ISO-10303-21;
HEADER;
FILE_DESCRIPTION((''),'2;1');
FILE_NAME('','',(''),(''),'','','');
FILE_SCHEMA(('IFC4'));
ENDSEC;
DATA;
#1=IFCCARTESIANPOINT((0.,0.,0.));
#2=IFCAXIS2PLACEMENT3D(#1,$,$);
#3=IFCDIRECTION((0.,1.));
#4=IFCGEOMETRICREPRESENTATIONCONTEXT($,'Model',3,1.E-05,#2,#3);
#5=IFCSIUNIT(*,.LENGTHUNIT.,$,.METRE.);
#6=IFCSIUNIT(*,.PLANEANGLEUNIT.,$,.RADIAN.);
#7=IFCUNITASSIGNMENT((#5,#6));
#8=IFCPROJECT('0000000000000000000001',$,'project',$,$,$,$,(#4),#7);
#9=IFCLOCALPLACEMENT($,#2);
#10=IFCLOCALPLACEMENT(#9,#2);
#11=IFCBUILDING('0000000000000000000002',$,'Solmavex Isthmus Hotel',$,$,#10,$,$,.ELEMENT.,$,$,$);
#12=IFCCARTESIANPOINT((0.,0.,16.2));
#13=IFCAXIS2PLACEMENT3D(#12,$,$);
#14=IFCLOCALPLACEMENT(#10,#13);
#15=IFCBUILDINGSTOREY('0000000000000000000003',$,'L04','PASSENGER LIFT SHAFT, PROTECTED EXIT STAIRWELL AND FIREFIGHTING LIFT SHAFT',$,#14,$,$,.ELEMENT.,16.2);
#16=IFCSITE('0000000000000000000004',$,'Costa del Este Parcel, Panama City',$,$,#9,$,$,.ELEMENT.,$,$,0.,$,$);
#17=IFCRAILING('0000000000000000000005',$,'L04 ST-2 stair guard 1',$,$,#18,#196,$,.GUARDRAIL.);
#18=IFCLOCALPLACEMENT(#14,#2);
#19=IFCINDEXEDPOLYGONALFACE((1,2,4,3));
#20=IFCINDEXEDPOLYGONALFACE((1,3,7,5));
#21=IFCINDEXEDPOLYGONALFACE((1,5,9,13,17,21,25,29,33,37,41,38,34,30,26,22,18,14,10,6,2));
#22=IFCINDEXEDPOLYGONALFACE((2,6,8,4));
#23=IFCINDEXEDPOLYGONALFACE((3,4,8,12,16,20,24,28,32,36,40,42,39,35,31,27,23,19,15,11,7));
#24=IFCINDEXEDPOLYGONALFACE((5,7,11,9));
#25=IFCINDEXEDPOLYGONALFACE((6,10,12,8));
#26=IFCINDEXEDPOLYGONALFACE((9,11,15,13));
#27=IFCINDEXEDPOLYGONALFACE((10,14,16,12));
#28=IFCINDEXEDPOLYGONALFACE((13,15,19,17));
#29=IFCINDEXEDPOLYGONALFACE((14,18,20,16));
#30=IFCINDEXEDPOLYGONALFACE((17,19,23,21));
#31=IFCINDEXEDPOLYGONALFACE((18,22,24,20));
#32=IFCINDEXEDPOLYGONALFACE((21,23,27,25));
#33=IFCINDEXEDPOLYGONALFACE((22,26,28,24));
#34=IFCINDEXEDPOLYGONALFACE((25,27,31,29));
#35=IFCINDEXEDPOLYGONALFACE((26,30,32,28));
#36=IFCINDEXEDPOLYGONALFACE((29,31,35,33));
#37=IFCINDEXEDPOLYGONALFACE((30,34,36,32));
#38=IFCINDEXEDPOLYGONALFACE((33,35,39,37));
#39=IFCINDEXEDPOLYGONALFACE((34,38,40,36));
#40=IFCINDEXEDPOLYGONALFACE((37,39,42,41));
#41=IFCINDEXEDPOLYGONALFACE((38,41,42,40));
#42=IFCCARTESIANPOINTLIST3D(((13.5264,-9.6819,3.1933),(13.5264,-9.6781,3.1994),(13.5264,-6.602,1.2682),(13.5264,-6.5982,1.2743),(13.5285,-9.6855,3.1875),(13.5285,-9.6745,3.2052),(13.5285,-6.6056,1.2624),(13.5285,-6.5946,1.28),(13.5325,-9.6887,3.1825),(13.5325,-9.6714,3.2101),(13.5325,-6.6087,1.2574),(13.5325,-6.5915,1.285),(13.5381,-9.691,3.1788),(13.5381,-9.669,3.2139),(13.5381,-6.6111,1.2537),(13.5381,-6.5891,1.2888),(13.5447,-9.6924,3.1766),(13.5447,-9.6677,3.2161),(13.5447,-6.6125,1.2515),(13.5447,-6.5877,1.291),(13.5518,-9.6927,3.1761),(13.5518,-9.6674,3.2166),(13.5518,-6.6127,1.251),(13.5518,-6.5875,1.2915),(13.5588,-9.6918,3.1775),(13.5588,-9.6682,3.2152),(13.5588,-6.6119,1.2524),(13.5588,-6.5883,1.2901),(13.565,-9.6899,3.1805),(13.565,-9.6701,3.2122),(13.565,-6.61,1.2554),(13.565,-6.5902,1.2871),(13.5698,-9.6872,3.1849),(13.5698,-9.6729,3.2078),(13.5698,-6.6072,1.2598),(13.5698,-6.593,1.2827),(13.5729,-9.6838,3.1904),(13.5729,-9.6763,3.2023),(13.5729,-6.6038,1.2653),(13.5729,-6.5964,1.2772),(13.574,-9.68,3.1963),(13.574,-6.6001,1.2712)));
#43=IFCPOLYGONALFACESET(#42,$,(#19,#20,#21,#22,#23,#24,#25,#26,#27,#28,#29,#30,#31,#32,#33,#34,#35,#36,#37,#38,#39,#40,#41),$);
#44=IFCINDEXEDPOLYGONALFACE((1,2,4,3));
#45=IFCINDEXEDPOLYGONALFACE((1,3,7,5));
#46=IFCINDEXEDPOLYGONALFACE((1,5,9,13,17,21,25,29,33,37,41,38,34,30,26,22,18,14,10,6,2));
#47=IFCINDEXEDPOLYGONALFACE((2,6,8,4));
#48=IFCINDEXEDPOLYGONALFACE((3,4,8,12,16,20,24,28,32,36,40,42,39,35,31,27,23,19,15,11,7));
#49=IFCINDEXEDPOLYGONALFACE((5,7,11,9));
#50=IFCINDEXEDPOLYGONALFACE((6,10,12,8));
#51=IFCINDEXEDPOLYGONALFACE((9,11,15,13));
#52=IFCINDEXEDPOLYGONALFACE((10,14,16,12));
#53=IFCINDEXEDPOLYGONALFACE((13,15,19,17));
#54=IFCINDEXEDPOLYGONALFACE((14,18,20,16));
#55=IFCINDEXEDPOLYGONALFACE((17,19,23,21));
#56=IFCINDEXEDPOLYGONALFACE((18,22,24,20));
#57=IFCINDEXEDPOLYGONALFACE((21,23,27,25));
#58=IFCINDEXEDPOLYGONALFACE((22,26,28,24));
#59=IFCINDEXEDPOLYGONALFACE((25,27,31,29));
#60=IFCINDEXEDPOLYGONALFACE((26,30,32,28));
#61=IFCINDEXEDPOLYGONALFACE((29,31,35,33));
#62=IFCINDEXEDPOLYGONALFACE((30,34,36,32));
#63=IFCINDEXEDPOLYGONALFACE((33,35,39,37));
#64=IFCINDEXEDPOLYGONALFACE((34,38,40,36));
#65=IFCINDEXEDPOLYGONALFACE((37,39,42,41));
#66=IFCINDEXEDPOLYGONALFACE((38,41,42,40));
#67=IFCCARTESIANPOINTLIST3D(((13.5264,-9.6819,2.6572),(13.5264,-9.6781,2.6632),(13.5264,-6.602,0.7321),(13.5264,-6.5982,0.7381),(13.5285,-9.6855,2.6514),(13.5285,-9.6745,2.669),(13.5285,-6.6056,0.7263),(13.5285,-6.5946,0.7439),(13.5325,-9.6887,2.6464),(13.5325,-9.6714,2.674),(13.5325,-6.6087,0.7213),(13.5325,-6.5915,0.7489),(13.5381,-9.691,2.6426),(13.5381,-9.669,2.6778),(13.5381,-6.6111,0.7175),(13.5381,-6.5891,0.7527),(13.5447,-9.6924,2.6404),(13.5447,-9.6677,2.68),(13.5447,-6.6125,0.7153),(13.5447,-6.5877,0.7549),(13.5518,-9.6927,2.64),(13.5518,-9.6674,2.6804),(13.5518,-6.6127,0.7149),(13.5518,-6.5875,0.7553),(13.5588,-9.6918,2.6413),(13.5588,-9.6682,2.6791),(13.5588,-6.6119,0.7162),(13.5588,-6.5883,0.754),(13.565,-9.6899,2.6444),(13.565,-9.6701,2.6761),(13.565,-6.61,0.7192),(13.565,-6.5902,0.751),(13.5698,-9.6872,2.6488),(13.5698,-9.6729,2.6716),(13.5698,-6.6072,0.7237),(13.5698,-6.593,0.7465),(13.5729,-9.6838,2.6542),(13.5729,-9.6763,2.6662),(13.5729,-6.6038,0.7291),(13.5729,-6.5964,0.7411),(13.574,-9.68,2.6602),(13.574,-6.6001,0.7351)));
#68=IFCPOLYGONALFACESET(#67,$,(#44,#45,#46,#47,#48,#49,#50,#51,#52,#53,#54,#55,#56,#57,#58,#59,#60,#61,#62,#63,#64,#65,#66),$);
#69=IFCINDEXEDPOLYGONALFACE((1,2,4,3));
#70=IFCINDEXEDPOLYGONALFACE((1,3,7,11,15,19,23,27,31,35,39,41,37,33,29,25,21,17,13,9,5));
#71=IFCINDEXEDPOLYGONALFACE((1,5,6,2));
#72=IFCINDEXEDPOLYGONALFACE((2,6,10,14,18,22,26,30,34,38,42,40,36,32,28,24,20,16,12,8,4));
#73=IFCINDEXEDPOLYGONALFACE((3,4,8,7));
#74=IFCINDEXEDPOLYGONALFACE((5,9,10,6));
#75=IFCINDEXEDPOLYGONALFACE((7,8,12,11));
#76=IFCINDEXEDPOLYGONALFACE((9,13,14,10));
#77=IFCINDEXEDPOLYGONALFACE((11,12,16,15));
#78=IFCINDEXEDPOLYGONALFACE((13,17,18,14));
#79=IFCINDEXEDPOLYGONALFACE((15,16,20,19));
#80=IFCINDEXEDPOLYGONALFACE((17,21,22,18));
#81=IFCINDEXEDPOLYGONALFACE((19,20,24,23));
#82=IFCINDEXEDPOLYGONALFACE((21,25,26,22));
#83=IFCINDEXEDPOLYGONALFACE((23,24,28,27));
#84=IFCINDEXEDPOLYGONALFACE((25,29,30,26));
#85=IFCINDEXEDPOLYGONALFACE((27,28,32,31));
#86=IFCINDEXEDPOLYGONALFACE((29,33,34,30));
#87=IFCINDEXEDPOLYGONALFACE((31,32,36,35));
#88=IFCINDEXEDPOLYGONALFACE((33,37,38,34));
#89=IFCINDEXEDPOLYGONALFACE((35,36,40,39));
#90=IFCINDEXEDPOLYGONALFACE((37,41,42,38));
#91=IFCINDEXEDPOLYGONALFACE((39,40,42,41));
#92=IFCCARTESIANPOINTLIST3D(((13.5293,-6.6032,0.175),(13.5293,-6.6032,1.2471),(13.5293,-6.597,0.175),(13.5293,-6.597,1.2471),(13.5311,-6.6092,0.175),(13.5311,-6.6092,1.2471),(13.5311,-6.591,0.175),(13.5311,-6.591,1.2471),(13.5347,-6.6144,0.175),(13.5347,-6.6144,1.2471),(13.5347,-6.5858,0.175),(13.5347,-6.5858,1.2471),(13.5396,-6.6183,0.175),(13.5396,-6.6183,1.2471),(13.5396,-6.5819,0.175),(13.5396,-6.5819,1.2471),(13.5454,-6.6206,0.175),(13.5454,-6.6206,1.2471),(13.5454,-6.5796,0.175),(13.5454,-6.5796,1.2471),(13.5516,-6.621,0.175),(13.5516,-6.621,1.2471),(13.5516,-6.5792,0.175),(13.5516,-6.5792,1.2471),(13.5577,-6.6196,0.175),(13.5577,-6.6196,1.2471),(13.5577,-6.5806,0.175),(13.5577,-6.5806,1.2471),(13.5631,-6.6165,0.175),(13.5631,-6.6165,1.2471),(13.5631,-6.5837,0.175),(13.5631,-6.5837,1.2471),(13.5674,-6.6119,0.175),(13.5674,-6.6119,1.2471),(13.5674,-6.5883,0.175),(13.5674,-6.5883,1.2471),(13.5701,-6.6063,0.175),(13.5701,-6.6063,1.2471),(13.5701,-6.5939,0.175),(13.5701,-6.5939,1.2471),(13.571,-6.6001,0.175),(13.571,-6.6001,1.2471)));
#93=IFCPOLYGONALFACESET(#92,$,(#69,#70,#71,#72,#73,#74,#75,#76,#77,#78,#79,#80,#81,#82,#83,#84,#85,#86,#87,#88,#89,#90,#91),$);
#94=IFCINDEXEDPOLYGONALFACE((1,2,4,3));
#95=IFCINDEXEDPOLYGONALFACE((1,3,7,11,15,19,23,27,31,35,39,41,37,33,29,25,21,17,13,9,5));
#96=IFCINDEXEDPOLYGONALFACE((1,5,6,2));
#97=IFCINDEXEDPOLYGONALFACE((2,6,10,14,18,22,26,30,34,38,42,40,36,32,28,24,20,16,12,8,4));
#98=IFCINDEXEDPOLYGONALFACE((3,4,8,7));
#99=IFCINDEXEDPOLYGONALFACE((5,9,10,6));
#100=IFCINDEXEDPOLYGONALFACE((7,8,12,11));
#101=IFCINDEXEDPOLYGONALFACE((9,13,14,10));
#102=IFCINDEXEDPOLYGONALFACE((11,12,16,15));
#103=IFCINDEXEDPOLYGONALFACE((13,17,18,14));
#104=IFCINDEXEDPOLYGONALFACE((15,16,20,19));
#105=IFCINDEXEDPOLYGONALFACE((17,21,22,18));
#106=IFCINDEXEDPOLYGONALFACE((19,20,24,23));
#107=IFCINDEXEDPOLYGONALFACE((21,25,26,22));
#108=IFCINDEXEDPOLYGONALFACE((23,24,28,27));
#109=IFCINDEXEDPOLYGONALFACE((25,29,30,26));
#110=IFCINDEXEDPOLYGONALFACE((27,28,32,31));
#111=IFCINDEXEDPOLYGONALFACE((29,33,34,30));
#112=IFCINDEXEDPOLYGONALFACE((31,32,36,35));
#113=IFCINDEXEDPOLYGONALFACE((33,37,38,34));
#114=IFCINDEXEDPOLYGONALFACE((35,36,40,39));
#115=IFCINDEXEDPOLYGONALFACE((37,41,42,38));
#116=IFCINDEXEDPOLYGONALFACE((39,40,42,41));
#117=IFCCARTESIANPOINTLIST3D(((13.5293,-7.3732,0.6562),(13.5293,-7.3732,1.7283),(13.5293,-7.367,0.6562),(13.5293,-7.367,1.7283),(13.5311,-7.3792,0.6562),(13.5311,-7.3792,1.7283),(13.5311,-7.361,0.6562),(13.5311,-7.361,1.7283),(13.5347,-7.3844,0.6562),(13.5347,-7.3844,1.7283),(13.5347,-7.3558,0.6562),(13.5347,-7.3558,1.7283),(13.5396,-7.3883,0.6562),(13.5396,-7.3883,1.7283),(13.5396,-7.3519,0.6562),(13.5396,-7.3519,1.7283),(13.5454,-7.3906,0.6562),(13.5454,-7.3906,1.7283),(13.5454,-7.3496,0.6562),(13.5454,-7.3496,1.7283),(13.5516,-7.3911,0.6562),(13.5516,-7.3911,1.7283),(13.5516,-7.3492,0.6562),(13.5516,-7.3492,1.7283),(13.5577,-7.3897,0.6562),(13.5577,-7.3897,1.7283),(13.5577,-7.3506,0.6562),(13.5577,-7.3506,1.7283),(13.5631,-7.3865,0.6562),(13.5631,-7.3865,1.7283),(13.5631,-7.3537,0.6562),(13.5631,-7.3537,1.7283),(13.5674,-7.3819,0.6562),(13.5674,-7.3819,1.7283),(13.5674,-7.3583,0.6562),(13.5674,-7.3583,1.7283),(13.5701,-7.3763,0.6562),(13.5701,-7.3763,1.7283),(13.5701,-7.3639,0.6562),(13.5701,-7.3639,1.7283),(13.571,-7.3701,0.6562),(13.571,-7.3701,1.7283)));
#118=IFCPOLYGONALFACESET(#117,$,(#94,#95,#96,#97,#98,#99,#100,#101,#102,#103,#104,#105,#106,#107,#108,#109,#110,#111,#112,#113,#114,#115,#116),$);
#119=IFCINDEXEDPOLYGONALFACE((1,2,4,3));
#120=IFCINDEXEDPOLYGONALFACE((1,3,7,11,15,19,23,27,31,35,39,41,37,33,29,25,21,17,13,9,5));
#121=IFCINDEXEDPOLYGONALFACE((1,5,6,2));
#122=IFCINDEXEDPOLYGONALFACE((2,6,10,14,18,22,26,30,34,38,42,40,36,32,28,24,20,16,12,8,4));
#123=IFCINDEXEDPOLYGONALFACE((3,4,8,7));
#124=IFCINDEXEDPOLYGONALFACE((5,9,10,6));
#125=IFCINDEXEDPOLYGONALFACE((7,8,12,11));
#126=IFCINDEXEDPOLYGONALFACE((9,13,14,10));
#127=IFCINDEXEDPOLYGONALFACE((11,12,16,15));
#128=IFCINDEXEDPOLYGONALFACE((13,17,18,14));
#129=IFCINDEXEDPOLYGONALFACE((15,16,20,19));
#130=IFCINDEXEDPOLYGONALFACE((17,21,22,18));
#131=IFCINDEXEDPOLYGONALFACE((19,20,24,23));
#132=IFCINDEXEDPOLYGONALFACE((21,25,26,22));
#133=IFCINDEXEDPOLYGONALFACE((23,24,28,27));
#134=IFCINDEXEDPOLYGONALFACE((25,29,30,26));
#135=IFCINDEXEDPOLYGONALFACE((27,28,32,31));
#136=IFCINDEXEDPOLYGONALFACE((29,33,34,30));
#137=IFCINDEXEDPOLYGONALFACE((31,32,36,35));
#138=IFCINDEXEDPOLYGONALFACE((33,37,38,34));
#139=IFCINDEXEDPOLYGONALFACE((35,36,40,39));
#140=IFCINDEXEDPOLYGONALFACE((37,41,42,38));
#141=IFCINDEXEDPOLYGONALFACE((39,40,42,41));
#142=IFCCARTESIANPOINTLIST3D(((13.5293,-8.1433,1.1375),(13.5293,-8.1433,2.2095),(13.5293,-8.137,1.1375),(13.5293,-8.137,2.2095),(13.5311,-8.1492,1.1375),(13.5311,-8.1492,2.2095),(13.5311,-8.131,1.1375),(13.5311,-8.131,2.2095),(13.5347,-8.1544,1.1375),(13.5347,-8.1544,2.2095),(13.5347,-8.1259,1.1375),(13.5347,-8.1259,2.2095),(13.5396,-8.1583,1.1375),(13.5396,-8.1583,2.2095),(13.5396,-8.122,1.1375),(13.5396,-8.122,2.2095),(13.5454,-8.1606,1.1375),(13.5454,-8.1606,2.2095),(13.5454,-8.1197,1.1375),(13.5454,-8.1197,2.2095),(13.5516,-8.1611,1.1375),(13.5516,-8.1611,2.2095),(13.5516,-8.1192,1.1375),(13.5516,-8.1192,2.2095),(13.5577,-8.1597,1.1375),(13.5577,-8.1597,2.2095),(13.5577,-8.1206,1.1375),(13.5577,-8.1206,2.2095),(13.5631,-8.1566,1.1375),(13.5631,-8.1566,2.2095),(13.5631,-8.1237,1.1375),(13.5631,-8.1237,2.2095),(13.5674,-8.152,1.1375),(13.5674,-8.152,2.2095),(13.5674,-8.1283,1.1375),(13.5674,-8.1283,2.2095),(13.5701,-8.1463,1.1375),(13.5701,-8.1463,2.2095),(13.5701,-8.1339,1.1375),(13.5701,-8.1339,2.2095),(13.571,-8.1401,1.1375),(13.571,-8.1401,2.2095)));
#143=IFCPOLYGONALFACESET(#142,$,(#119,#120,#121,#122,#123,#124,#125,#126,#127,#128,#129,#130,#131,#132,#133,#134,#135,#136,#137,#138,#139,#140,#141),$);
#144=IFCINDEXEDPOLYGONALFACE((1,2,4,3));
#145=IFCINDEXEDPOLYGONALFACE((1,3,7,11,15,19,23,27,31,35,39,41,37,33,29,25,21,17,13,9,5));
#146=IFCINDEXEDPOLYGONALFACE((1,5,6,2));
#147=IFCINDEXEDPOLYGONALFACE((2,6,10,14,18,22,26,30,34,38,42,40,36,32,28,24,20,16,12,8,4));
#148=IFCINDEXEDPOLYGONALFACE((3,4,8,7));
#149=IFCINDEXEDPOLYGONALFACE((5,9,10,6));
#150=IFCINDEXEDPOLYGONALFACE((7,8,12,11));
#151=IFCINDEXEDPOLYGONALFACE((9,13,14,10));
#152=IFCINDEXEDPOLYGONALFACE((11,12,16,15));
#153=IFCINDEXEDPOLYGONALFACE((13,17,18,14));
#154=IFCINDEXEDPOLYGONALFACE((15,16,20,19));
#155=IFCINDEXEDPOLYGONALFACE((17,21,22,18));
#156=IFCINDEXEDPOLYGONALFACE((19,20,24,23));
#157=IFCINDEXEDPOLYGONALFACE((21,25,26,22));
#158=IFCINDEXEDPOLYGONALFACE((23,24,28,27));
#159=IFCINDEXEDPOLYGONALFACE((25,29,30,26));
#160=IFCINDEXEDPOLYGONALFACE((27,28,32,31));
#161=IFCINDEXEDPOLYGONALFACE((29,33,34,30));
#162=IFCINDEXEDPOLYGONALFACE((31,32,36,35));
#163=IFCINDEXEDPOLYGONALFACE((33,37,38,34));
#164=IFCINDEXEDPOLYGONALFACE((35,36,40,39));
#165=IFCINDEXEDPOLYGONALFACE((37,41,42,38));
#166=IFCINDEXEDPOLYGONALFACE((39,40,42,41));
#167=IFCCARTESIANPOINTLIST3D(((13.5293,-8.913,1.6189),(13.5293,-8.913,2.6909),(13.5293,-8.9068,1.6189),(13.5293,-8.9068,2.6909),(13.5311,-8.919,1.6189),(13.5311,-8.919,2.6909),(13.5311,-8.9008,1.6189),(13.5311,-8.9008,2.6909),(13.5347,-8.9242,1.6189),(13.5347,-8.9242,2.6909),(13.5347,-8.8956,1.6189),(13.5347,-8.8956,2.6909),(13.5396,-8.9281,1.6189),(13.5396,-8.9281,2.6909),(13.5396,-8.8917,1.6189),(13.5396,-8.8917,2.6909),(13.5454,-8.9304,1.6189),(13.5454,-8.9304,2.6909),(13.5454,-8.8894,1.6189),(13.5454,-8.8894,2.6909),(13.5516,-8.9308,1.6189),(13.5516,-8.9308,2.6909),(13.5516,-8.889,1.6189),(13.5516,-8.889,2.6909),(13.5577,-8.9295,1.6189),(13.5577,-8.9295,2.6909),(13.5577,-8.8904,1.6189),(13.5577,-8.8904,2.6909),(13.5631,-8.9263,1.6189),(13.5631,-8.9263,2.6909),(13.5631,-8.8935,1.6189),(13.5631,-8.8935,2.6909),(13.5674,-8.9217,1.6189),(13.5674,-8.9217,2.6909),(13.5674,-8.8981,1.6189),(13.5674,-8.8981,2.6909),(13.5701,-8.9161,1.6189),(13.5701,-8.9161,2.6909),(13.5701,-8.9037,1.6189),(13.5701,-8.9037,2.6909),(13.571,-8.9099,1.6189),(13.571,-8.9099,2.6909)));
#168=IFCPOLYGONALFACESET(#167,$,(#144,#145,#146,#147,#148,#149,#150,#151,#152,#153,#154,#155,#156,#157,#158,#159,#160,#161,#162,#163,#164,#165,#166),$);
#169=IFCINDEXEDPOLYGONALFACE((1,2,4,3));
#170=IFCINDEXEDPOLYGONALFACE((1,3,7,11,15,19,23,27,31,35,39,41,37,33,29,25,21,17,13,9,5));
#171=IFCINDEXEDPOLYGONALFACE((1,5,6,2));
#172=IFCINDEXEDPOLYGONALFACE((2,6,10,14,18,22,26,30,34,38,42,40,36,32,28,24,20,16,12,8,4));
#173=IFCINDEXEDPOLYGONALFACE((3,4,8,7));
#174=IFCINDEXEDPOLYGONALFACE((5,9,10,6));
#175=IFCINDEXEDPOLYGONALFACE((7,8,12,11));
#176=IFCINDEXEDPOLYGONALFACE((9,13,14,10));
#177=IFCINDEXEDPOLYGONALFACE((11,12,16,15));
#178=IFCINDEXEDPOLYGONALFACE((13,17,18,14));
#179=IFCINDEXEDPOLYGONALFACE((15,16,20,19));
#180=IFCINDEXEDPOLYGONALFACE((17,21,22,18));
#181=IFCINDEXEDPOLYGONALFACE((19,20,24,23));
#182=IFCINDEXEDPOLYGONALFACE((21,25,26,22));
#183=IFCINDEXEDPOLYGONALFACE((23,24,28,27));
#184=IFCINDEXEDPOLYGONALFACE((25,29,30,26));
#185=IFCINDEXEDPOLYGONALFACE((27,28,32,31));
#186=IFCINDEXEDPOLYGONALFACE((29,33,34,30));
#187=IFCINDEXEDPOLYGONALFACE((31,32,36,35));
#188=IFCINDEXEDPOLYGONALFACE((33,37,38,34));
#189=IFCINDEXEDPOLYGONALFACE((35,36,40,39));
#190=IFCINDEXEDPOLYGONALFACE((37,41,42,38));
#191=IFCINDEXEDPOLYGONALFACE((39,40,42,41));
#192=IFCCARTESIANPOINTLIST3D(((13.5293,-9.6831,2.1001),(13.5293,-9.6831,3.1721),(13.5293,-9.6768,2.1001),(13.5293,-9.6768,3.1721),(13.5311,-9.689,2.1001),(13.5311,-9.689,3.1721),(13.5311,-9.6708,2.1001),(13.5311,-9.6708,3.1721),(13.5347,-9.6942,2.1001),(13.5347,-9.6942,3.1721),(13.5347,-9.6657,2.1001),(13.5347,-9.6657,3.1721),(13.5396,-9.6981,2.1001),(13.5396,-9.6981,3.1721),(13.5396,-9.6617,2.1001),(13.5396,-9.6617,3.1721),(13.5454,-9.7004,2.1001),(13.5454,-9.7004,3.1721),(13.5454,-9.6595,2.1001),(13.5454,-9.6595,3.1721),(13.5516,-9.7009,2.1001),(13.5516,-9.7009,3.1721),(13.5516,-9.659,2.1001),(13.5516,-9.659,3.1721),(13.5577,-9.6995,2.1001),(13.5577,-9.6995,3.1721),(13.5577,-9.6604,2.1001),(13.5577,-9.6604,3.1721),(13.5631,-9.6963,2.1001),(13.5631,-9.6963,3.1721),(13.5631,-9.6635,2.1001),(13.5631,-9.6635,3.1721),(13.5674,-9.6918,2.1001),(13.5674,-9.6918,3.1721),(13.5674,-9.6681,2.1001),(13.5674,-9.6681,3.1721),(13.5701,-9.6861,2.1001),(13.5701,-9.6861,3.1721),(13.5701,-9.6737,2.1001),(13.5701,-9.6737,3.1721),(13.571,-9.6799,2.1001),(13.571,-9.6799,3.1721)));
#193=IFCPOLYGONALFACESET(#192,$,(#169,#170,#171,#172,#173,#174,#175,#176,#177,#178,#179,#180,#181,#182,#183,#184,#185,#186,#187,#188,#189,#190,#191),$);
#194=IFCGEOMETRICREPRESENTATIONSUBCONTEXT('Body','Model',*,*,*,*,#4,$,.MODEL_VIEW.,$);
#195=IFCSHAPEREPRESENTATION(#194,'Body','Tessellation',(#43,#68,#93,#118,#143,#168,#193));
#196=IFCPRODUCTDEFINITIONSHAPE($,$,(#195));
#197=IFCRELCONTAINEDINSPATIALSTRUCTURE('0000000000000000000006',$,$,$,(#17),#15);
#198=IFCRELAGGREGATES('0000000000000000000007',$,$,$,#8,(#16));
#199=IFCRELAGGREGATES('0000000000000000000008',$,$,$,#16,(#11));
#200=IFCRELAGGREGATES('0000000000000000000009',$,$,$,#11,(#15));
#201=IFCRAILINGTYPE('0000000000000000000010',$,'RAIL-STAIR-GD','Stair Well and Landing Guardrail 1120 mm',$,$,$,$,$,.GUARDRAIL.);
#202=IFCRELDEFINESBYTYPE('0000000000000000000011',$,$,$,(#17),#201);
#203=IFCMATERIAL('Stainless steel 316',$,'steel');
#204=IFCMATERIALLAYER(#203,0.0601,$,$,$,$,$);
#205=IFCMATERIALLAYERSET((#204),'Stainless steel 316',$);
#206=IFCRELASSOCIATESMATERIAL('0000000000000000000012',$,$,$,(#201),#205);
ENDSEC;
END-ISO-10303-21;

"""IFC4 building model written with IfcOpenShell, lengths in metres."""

from ifc_helpers import new_model, si_unit, direction, frame, origin, origin_2d, place, context, subcontext, project, spatial, circle, extrude, material, layer, layer_set, type_object, element, save


model = new_model("IFC4")

# Units and contexts
model_context = context("Model", 3, precision=1e-05, world=origin(), true_north=direction((0.0, 1.0)))
body_context = subcontext(model_context, "Body", "Model", "MODEL_VIEW")
ifc_project = project(units=[si_unit("LENGTHUNIT", "METRE"), si_unit("PLANEANGLEUNIT", "RADIAN")], contexts=[model_context])

# Site, building, storey
site_placement = place(None, origin())
site = spatial("IfcSite", under=ifc_project, at=site_placement, Name="Costa del Este Parcel, Panama City", CompositionType="ELEMENT", RefElevation=0.0)
building_placement = place(site_placement, origin())
building = spatial("IfcBuilding", under=site, at=building_placement, Name="Solmavex Isthmus Hotel", CompositionType="ELEMENT")
storey_placement = place(building_placement, frame((0.0, 0.0, 16.2)))
storey = spatial("IfcBuildingStorey", under=building, at=storey_placement, Name="L04", Description="PASSENGER LIFT SHAFT, PROTECTED EXIT STAIRWELL AND FIREFIGHTING LIFT SHAFT", CompositionType="ELEMENT", Elevation=16.2)

# Railing
ifc_material_1 = material(Name="Stainless steel 316", Category="steel")
ifc_layer_1 = layer(ifc_material_1, 0.0601)
ifc_layer_set_1 = layer_set([ifc_layer_1], Name="Stainless steel 316")
railing_type_1 = type_object("IfcRailingType", Name="RAIL-STAIR-GD", Description="Stair Well and Landing Guardrail 1120 mm", PredefinedType="GUARDRAIL", material=ifc_layer_set_1)
railing_1_placement = place(storey_placement, frame((13.55, -6.6001, 0.175)))
element("IfcRailing", 1, at=railing_1_placement, inside=storey, type_object=railing_type_1, Name="L04 ST-2 stair guard 1", PredefinedType="GUARDRAIL", context=body_context, shape_type="SweptSolid", body=[
    extrude(circle(Radius=0.0239, at=origin_2d()), frame((0.0, 0.0, 1.0962), z_axis=(0.0, -0.847979, 0.530029), x_axis=(1.0, 0.0, 0.0)), (0.0, 0.0, 1.0), 3.6321),
    extrude(circle(Radius=0.0239, at=origin_2d()), frame((0.0, 0.0, 0.5601), z_axis=(0.0, -0.847979, 0.530029), x_axis=(1.0, 0.0, 0.0)), (0.0, 0.0, 1.0), 3.6321),
    extrude(circle(Radius=0.021, at=origin_2d()), origin(), (0.0, 0.0, 1.0), 1.072),
    extrude(circle(Radius=0.021, at=origin_2d()), frame((0.0, -0.77, 0.4812)), (0.0, 0.0, 1.0), 1.072),
    extrude(circle(Radius=0.021, at=origin_2d()), frame((0.0, -1.54, 0.9624)), (0.0, 0.0, 1.0), 1.072),
    extrude(circle(Radius=0.021, at=origin_2d()), frame((0.0, -2.3098, 1.4438)), (0.0, 0.0, 1.0), 1.072),
    extrude(circle(Radius=0.021, at=origin_2d()), frame((0.0, -3.0798, 1.925)), (0.0, 0.0, 1.0), 1.072),
])

save(model, "model.ifc")
